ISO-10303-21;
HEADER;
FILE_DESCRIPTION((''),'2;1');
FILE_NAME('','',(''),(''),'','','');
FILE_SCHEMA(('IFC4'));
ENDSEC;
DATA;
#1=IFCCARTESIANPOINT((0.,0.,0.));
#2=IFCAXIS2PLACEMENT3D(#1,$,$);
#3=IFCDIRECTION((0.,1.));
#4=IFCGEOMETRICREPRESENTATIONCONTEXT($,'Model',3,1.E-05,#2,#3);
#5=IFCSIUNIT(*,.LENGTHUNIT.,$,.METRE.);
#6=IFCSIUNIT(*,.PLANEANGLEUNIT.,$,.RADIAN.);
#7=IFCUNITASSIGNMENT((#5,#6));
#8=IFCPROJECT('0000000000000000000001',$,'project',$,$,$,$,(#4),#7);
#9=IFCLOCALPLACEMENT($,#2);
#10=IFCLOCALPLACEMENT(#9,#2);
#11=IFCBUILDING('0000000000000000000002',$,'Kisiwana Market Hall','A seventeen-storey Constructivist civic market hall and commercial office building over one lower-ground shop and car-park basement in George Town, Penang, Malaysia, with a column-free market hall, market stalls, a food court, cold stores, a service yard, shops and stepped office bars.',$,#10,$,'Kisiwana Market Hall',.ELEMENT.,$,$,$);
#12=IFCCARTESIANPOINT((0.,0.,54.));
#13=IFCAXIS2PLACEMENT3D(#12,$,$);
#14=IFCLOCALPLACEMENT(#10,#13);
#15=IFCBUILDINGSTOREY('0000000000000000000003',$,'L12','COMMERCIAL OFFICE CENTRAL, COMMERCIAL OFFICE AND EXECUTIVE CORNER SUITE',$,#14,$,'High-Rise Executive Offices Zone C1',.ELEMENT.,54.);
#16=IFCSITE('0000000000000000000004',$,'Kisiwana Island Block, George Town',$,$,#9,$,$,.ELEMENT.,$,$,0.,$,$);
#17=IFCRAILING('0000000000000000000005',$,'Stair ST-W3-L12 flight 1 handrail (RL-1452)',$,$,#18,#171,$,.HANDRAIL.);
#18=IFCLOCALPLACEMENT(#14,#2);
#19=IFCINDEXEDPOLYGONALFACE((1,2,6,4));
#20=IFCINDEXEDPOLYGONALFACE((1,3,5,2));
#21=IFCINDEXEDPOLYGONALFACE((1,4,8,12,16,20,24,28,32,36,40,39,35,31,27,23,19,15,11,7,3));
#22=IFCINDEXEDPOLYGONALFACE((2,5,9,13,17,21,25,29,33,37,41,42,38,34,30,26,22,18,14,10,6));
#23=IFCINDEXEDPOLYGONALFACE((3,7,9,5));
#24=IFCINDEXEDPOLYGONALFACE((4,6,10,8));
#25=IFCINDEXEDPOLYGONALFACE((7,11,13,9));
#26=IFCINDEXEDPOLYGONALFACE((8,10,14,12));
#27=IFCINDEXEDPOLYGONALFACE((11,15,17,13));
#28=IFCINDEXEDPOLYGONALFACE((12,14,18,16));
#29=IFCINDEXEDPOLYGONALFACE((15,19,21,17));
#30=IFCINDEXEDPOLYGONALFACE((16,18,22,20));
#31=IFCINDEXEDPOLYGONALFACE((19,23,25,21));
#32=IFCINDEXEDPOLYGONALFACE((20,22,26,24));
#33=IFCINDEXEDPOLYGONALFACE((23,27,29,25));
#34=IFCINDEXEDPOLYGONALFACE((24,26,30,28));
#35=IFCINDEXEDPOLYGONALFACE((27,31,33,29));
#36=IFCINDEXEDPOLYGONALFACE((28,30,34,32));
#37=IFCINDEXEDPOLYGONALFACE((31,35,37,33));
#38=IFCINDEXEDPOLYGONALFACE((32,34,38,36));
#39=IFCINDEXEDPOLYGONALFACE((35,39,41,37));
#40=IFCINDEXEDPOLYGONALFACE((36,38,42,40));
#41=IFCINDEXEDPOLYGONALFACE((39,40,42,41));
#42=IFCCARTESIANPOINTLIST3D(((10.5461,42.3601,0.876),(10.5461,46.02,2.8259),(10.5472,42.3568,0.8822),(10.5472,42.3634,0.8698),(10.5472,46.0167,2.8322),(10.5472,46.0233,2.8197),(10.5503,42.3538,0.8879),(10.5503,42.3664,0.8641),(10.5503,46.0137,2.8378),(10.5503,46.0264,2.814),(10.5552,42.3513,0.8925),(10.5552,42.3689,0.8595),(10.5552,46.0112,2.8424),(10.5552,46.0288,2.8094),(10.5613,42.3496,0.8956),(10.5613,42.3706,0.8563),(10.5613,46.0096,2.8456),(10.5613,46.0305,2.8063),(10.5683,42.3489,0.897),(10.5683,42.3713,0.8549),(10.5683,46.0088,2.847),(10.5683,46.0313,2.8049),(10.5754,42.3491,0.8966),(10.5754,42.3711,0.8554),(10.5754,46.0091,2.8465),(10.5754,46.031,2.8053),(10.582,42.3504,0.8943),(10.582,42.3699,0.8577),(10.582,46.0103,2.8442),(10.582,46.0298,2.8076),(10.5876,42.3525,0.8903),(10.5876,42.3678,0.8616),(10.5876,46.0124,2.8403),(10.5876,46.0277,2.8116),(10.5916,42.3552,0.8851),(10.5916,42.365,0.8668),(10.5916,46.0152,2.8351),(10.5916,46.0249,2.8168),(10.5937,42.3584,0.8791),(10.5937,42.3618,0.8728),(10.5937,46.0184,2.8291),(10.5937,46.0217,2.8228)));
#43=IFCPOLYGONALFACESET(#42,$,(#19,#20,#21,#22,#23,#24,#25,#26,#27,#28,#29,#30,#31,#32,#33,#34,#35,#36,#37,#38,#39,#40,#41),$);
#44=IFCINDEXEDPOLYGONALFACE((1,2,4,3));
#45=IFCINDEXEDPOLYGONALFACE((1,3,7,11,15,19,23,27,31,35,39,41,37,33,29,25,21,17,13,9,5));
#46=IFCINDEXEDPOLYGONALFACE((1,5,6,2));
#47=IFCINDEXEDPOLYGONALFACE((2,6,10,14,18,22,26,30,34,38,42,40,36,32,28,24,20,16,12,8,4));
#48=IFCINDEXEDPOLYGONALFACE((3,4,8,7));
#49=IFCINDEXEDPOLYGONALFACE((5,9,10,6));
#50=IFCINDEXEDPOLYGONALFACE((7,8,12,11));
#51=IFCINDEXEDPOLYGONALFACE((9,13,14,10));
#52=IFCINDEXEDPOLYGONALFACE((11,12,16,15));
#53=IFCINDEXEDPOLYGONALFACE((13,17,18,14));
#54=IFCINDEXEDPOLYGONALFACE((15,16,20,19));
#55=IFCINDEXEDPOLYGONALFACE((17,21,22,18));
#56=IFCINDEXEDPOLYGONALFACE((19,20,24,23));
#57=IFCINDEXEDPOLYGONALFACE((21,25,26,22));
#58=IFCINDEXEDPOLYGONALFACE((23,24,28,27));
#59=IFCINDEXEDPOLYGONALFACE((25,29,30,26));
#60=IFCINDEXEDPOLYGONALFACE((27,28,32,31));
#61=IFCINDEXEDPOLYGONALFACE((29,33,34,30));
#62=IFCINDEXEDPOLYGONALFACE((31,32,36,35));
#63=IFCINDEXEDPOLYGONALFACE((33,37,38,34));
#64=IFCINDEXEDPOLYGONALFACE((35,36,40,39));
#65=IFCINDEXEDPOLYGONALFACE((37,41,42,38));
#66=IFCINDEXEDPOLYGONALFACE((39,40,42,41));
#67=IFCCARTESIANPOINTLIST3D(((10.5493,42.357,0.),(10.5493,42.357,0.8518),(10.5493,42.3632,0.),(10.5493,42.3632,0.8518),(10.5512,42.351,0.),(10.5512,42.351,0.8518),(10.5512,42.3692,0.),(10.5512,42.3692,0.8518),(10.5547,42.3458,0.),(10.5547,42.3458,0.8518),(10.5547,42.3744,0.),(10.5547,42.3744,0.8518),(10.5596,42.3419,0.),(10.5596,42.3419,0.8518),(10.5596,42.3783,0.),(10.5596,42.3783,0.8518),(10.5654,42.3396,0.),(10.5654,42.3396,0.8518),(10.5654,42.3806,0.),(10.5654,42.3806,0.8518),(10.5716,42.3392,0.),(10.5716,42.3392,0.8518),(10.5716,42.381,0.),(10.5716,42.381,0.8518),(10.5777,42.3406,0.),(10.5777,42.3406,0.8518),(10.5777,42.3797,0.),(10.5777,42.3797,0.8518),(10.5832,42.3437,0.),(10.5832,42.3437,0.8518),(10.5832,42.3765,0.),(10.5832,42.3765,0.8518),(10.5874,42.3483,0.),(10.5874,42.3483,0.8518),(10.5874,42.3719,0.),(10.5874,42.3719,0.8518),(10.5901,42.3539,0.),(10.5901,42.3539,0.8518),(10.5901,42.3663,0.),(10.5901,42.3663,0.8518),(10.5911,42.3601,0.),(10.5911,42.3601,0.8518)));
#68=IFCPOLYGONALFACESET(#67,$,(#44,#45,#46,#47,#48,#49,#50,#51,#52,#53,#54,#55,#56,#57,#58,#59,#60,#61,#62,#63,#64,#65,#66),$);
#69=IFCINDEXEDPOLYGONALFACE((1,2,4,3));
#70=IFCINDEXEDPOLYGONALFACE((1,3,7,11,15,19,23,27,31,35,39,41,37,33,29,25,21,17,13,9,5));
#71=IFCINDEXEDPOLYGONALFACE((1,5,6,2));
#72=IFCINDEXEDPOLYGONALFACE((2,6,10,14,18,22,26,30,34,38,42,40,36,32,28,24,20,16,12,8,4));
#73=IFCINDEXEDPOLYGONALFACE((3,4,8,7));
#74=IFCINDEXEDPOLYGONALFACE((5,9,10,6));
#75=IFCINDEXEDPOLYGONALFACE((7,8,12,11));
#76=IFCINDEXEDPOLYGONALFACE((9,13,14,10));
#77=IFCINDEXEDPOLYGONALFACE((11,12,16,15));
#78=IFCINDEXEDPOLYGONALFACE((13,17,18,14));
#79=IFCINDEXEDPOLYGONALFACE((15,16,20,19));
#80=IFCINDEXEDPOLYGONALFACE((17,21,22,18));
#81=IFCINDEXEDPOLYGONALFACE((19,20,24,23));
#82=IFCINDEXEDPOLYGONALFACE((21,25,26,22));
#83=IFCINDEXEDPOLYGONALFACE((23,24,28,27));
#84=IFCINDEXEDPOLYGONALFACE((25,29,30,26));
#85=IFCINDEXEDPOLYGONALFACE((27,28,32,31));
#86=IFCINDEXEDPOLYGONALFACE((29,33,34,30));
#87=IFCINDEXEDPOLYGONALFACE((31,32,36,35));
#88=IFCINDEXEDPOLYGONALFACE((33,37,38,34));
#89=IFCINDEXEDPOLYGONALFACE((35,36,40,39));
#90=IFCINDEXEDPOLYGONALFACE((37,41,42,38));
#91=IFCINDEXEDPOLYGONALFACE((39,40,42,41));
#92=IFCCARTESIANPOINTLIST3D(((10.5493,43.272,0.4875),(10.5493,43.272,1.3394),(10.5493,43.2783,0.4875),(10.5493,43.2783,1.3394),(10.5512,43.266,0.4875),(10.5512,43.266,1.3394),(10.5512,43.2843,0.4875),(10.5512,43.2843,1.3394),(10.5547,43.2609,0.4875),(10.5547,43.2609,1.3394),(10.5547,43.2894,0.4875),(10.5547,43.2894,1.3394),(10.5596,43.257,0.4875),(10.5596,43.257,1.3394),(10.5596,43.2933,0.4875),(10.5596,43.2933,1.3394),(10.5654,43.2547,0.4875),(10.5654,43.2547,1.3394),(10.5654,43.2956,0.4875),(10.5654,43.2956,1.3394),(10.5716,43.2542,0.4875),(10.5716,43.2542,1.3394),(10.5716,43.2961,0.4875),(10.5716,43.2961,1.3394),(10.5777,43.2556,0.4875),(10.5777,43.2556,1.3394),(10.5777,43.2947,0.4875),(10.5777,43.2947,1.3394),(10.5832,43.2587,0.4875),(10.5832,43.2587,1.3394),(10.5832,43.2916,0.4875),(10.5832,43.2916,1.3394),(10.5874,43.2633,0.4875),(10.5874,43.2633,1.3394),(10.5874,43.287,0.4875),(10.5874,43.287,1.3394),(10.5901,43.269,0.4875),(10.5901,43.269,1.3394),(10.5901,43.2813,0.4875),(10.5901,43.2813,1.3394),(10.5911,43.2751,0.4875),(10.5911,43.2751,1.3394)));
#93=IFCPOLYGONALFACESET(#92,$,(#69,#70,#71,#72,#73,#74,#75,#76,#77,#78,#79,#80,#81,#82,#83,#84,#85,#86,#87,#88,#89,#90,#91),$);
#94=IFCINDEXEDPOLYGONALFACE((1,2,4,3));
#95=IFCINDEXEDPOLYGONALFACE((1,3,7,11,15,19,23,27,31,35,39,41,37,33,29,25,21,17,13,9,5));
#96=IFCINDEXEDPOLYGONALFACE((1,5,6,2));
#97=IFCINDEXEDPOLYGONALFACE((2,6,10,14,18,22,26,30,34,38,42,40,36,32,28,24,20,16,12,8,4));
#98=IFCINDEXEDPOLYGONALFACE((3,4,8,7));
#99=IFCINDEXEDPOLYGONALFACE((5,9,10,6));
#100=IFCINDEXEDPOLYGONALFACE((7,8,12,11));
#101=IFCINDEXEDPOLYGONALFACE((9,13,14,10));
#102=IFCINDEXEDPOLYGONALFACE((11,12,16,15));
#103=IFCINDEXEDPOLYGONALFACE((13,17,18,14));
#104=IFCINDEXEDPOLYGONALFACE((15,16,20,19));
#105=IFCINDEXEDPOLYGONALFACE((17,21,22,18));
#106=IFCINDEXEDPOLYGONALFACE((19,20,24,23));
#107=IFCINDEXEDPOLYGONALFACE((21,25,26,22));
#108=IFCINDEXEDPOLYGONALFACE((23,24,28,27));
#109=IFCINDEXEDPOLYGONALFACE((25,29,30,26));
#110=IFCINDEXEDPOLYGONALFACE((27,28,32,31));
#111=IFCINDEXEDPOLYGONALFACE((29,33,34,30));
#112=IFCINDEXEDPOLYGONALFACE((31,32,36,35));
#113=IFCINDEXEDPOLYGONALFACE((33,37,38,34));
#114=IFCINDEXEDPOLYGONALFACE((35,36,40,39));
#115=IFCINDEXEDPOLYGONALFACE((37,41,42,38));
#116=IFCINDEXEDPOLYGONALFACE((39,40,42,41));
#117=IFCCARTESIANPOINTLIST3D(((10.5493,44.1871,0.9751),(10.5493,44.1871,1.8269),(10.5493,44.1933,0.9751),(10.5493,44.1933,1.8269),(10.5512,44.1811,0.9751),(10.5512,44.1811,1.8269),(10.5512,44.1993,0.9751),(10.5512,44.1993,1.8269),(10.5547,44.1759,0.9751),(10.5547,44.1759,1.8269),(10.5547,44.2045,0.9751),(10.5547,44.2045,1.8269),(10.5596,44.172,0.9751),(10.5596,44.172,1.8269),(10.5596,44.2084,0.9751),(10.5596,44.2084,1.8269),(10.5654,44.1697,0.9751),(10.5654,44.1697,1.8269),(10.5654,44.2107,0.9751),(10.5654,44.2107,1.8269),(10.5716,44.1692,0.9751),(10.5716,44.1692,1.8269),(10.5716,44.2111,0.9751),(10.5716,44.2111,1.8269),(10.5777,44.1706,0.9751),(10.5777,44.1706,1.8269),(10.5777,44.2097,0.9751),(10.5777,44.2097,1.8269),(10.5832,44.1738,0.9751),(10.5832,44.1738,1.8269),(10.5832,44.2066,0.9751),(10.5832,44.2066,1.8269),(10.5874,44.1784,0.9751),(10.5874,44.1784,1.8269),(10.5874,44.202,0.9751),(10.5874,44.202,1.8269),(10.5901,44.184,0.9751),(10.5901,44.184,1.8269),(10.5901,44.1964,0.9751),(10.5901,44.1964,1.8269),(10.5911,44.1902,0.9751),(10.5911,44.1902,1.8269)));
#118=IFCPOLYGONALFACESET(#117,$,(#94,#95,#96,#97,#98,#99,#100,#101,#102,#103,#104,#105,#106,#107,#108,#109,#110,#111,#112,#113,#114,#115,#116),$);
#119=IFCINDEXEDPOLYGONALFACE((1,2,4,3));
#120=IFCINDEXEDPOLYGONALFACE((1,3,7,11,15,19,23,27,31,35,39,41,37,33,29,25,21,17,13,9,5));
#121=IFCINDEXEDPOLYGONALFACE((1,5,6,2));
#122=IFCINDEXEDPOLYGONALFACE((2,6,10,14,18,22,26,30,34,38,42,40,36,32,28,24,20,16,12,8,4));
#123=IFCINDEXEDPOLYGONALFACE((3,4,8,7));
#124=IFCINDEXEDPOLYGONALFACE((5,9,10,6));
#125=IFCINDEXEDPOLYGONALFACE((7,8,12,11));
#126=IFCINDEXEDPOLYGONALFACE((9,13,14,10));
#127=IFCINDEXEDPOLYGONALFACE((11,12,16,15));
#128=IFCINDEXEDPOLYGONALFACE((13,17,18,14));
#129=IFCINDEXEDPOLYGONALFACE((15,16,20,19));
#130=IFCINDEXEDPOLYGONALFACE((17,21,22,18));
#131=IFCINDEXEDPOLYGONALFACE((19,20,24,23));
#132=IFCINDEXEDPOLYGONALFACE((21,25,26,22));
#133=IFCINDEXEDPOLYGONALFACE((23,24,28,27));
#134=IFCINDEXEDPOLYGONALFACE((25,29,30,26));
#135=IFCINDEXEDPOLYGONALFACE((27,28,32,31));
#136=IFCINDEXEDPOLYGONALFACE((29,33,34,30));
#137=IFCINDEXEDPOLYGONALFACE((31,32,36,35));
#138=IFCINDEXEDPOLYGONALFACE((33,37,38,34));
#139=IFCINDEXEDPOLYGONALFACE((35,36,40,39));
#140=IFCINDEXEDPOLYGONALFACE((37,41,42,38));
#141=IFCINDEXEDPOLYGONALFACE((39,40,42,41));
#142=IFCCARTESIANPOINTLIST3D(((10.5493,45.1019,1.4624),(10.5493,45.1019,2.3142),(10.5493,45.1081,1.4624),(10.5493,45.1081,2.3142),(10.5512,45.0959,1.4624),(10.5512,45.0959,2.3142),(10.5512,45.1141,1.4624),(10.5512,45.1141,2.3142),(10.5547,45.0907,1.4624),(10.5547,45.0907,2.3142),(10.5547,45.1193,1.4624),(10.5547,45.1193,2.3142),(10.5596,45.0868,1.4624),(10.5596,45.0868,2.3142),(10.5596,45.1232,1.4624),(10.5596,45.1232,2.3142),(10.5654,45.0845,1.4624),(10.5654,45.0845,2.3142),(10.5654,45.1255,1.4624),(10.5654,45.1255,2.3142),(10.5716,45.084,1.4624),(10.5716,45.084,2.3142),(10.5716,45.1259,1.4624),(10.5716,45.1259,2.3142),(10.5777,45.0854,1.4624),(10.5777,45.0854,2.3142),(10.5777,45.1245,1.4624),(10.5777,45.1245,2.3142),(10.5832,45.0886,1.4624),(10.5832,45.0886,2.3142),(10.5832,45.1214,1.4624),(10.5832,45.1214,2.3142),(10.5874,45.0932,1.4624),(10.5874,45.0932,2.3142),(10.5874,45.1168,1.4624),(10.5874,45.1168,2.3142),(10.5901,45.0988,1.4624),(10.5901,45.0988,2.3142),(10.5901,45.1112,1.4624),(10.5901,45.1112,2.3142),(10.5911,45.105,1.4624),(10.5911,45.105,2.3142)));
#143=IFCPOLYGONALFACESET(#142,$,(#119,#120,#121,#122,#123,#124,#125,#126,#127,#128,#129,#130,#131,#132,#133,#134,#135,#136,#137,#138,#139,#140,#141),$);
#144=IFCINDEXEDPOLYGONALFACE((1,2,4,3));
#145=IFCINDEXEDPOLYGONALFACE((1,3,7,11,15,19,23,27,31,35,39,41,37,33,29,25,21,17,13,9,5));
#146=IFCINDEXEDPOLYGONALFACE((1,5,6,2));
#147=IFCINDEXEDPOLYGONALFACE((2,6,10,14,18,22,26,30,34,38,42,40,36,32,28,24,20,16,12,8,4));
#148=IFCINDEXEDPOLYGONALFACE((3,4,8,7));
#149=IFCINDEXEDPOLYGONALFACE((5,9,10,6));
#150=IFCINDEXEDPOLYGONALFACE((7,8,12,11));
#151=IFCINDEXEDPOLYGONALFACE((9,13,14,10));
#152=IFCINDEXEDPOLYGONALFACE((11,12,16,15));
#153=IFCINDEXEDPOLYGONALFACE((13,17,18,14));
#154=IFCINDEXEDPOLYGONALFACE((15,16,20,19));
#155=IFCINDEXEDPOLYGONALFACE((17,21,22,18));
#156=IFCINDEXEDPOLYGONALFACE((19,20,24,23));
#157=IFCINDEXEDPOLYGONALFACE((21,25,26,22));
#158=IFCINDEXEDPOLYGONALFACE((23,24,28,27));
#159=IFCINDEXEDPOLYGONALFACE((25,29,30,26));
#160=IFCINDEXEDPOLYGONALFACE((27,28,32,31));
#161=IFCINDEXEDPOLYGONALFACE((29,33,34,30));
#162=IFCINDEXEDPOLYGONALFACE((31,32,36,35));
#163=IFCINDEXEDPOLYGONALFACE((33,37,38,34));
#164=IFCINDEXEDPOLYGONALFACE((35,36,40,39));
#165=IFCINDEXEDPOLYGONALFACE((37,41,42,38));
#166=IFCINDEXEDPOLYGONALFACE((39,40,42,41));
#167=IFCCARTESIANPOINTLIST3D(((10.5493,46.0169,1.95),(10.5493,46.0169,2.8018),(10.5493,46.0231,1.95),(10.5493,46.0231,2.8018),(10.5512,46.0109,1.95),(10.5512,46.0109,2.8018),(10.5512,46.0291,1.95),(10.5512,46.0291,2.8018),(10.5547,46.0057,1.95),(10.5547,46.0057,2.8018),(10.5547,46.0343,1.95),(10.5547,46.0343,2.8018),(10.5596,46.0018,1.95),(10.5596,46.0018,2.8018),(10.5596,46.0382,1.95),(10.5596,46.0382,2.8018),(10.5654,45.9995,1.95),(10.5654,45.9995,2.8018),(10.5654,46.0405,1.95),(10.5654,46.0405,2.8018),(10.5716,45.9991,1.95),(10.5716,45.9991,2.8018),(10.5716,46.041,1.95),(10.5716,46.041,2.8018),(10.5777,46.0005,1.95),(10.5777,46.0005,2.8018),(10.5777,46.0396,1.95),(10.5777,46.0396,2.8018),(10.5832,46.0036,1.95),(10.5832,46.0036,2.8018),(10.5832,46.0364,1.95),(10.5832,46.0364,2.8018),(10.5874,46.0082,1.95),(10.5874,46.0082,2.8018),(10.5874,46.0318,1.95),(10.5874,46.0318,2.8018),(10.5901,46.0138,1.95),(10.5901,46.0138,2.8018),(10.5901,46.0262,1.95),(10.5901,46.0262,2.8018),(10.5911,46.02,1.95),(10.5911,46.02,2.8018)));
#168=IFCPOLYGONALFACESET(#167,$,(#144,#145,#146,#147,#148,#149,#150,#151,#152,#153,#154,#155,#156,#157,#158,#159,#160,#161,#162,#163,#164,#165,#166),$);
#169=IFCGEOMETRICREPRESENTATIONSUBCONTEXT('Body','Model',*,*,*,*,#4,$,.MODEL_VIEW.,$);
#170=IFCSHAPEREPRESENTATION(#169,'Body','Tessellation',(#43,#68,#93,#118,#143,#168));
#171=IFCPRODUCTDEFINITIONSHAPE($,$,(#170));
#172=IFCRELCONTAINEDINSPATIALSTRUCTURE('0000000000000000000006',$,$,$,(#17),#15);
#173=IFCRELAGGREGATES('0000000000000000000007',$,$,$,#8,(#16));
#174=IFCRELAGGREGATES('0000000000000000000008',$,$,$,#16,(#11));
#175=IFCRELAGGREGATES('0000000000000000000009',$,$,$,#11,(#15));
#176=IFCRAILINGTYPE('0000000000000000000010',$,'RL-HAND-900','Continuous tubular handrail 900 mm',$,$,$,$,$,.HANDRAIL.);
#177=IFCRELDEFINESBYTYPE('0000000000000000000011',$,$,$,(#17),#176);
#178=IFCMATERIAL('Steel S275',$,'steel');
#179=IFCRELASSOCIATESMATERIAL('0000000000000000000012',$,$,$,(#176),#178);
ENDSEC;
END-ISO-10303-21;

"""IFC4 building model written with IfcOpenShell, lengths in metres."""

from ifc_helpers import new_model, si_unit, direction, frame, origin, origin_2d, place, context, subcontext, project, spatial, circle, extrude, material, type_object, element, save


model = new_model("IFC4")

# Units and contexts
model_context = context("Model", 3, precision=1e-05, world=origin(), true_north=direction((0.0, 1.0)))
body_context = subcontext(model_context, "Body", "Model", "MODEL_VIEW")
ifc_project = project(units=[si_unit("LENGTHUNIT", "METRE"), si_unit("PLANEANGLEUNIT", "RADIAN")], contexts=[model_context])

# Site, building, storey
site_placement = place(None, origin())
site = spatial("IfcSite", under=ifc_project, at=site_placement, Name="Kisiwana Island Block, George Town", CompositionType="ELEMENT", RefElevation=0.0)
building_placement = place(site_placement, origin())
building = spatial("IfcBuilding", under=site, at=building_placement, Name="Kisiwana Market Hall", Description="A seventeen-storey Constructivist civic market hall and commercial office building over one lower-ground shop and car-park basement in George Town, Penang, Malaysia, with a column-free market hall, market stalls, a food court, cold stores, a service yard, shops and stepped office bars.", LongName="Kisiwana Market Hall", CompositionType="ELEMENT")
storey_placement = place(building_placement, frame((0.0, 0.0, 54.0)))
storey = spatial("IfcBuildingStorey", under=building, at=storey_placement, Name="L12", Description="COMMERCIAL OFFICE CENTRAL, COMMERCIAL OFFICE AND EXECUTIVE CORNER SUITE", LongName="High-Rise Executive Offices Zone C1", CompositionType="ELEMENT", Elevation=54.0)

# Railing
ifc_material_1 = material(Name="Steel S275", Category="steel")
railing_type_1 = type_object("IfcRailingType", Name="RL-HAND-900", Description="Continuous tubular handrail 900 mm", PredefinedType="HANDRAIL", material=ifc_material_1)
for number, where, name in (
    (1, (10.5701, 42.3601, 0.0), "Stair ST-W3-L12 flight 1 handrail (RL-1452)"),
):
    element("IfcRailing", number, at=place(storey_placement, frame(where)), inside=storey, type_object=railing_type_1, Name=name, PredefinedType="HANDRAIL", context=body_context, shape_type="SweptSolid", body=[
        extrude(circle(Radius=0.0239, at=origin_2d()), frame((0.0, 0.0, 0.876), z_axis=(0.0, 0.882553, 0.470212), x_axis=(-1.0, 0.0, 0.0)), (0.0, 0.0, 1.0), 4.147),
        extrude(circle(Radius=0.021, at=origin_2d()), origin(), (0.0, 0.0, 1.0), 0.8518),
        extrude(circle(Radius=0.021, at=origin_2d()), frame((0.0, 0.915, 0.4875)), (0.0, 0.0, 1.0), 0.8518),
        extrude(circle(Radius=0.021, at=origin_2d()), frame((0.0, 1.8301, 0.9751)), (0.0, 0.0, 1.0), 0.8518),
        extrude(circle(Radius=0.021, at=origin_2d()), frame((0.0, 2.7449, 1.4624)), (0.0, 0.0, 1.0), 0.8518),
        extrude(circle(Radius=0.021, at=origin_2d()), frame((0.0, 3.6599, 1.95)), (0.0, 0.0, 1.0), 0.8518),
    ])

save(model, "model.ifc")
